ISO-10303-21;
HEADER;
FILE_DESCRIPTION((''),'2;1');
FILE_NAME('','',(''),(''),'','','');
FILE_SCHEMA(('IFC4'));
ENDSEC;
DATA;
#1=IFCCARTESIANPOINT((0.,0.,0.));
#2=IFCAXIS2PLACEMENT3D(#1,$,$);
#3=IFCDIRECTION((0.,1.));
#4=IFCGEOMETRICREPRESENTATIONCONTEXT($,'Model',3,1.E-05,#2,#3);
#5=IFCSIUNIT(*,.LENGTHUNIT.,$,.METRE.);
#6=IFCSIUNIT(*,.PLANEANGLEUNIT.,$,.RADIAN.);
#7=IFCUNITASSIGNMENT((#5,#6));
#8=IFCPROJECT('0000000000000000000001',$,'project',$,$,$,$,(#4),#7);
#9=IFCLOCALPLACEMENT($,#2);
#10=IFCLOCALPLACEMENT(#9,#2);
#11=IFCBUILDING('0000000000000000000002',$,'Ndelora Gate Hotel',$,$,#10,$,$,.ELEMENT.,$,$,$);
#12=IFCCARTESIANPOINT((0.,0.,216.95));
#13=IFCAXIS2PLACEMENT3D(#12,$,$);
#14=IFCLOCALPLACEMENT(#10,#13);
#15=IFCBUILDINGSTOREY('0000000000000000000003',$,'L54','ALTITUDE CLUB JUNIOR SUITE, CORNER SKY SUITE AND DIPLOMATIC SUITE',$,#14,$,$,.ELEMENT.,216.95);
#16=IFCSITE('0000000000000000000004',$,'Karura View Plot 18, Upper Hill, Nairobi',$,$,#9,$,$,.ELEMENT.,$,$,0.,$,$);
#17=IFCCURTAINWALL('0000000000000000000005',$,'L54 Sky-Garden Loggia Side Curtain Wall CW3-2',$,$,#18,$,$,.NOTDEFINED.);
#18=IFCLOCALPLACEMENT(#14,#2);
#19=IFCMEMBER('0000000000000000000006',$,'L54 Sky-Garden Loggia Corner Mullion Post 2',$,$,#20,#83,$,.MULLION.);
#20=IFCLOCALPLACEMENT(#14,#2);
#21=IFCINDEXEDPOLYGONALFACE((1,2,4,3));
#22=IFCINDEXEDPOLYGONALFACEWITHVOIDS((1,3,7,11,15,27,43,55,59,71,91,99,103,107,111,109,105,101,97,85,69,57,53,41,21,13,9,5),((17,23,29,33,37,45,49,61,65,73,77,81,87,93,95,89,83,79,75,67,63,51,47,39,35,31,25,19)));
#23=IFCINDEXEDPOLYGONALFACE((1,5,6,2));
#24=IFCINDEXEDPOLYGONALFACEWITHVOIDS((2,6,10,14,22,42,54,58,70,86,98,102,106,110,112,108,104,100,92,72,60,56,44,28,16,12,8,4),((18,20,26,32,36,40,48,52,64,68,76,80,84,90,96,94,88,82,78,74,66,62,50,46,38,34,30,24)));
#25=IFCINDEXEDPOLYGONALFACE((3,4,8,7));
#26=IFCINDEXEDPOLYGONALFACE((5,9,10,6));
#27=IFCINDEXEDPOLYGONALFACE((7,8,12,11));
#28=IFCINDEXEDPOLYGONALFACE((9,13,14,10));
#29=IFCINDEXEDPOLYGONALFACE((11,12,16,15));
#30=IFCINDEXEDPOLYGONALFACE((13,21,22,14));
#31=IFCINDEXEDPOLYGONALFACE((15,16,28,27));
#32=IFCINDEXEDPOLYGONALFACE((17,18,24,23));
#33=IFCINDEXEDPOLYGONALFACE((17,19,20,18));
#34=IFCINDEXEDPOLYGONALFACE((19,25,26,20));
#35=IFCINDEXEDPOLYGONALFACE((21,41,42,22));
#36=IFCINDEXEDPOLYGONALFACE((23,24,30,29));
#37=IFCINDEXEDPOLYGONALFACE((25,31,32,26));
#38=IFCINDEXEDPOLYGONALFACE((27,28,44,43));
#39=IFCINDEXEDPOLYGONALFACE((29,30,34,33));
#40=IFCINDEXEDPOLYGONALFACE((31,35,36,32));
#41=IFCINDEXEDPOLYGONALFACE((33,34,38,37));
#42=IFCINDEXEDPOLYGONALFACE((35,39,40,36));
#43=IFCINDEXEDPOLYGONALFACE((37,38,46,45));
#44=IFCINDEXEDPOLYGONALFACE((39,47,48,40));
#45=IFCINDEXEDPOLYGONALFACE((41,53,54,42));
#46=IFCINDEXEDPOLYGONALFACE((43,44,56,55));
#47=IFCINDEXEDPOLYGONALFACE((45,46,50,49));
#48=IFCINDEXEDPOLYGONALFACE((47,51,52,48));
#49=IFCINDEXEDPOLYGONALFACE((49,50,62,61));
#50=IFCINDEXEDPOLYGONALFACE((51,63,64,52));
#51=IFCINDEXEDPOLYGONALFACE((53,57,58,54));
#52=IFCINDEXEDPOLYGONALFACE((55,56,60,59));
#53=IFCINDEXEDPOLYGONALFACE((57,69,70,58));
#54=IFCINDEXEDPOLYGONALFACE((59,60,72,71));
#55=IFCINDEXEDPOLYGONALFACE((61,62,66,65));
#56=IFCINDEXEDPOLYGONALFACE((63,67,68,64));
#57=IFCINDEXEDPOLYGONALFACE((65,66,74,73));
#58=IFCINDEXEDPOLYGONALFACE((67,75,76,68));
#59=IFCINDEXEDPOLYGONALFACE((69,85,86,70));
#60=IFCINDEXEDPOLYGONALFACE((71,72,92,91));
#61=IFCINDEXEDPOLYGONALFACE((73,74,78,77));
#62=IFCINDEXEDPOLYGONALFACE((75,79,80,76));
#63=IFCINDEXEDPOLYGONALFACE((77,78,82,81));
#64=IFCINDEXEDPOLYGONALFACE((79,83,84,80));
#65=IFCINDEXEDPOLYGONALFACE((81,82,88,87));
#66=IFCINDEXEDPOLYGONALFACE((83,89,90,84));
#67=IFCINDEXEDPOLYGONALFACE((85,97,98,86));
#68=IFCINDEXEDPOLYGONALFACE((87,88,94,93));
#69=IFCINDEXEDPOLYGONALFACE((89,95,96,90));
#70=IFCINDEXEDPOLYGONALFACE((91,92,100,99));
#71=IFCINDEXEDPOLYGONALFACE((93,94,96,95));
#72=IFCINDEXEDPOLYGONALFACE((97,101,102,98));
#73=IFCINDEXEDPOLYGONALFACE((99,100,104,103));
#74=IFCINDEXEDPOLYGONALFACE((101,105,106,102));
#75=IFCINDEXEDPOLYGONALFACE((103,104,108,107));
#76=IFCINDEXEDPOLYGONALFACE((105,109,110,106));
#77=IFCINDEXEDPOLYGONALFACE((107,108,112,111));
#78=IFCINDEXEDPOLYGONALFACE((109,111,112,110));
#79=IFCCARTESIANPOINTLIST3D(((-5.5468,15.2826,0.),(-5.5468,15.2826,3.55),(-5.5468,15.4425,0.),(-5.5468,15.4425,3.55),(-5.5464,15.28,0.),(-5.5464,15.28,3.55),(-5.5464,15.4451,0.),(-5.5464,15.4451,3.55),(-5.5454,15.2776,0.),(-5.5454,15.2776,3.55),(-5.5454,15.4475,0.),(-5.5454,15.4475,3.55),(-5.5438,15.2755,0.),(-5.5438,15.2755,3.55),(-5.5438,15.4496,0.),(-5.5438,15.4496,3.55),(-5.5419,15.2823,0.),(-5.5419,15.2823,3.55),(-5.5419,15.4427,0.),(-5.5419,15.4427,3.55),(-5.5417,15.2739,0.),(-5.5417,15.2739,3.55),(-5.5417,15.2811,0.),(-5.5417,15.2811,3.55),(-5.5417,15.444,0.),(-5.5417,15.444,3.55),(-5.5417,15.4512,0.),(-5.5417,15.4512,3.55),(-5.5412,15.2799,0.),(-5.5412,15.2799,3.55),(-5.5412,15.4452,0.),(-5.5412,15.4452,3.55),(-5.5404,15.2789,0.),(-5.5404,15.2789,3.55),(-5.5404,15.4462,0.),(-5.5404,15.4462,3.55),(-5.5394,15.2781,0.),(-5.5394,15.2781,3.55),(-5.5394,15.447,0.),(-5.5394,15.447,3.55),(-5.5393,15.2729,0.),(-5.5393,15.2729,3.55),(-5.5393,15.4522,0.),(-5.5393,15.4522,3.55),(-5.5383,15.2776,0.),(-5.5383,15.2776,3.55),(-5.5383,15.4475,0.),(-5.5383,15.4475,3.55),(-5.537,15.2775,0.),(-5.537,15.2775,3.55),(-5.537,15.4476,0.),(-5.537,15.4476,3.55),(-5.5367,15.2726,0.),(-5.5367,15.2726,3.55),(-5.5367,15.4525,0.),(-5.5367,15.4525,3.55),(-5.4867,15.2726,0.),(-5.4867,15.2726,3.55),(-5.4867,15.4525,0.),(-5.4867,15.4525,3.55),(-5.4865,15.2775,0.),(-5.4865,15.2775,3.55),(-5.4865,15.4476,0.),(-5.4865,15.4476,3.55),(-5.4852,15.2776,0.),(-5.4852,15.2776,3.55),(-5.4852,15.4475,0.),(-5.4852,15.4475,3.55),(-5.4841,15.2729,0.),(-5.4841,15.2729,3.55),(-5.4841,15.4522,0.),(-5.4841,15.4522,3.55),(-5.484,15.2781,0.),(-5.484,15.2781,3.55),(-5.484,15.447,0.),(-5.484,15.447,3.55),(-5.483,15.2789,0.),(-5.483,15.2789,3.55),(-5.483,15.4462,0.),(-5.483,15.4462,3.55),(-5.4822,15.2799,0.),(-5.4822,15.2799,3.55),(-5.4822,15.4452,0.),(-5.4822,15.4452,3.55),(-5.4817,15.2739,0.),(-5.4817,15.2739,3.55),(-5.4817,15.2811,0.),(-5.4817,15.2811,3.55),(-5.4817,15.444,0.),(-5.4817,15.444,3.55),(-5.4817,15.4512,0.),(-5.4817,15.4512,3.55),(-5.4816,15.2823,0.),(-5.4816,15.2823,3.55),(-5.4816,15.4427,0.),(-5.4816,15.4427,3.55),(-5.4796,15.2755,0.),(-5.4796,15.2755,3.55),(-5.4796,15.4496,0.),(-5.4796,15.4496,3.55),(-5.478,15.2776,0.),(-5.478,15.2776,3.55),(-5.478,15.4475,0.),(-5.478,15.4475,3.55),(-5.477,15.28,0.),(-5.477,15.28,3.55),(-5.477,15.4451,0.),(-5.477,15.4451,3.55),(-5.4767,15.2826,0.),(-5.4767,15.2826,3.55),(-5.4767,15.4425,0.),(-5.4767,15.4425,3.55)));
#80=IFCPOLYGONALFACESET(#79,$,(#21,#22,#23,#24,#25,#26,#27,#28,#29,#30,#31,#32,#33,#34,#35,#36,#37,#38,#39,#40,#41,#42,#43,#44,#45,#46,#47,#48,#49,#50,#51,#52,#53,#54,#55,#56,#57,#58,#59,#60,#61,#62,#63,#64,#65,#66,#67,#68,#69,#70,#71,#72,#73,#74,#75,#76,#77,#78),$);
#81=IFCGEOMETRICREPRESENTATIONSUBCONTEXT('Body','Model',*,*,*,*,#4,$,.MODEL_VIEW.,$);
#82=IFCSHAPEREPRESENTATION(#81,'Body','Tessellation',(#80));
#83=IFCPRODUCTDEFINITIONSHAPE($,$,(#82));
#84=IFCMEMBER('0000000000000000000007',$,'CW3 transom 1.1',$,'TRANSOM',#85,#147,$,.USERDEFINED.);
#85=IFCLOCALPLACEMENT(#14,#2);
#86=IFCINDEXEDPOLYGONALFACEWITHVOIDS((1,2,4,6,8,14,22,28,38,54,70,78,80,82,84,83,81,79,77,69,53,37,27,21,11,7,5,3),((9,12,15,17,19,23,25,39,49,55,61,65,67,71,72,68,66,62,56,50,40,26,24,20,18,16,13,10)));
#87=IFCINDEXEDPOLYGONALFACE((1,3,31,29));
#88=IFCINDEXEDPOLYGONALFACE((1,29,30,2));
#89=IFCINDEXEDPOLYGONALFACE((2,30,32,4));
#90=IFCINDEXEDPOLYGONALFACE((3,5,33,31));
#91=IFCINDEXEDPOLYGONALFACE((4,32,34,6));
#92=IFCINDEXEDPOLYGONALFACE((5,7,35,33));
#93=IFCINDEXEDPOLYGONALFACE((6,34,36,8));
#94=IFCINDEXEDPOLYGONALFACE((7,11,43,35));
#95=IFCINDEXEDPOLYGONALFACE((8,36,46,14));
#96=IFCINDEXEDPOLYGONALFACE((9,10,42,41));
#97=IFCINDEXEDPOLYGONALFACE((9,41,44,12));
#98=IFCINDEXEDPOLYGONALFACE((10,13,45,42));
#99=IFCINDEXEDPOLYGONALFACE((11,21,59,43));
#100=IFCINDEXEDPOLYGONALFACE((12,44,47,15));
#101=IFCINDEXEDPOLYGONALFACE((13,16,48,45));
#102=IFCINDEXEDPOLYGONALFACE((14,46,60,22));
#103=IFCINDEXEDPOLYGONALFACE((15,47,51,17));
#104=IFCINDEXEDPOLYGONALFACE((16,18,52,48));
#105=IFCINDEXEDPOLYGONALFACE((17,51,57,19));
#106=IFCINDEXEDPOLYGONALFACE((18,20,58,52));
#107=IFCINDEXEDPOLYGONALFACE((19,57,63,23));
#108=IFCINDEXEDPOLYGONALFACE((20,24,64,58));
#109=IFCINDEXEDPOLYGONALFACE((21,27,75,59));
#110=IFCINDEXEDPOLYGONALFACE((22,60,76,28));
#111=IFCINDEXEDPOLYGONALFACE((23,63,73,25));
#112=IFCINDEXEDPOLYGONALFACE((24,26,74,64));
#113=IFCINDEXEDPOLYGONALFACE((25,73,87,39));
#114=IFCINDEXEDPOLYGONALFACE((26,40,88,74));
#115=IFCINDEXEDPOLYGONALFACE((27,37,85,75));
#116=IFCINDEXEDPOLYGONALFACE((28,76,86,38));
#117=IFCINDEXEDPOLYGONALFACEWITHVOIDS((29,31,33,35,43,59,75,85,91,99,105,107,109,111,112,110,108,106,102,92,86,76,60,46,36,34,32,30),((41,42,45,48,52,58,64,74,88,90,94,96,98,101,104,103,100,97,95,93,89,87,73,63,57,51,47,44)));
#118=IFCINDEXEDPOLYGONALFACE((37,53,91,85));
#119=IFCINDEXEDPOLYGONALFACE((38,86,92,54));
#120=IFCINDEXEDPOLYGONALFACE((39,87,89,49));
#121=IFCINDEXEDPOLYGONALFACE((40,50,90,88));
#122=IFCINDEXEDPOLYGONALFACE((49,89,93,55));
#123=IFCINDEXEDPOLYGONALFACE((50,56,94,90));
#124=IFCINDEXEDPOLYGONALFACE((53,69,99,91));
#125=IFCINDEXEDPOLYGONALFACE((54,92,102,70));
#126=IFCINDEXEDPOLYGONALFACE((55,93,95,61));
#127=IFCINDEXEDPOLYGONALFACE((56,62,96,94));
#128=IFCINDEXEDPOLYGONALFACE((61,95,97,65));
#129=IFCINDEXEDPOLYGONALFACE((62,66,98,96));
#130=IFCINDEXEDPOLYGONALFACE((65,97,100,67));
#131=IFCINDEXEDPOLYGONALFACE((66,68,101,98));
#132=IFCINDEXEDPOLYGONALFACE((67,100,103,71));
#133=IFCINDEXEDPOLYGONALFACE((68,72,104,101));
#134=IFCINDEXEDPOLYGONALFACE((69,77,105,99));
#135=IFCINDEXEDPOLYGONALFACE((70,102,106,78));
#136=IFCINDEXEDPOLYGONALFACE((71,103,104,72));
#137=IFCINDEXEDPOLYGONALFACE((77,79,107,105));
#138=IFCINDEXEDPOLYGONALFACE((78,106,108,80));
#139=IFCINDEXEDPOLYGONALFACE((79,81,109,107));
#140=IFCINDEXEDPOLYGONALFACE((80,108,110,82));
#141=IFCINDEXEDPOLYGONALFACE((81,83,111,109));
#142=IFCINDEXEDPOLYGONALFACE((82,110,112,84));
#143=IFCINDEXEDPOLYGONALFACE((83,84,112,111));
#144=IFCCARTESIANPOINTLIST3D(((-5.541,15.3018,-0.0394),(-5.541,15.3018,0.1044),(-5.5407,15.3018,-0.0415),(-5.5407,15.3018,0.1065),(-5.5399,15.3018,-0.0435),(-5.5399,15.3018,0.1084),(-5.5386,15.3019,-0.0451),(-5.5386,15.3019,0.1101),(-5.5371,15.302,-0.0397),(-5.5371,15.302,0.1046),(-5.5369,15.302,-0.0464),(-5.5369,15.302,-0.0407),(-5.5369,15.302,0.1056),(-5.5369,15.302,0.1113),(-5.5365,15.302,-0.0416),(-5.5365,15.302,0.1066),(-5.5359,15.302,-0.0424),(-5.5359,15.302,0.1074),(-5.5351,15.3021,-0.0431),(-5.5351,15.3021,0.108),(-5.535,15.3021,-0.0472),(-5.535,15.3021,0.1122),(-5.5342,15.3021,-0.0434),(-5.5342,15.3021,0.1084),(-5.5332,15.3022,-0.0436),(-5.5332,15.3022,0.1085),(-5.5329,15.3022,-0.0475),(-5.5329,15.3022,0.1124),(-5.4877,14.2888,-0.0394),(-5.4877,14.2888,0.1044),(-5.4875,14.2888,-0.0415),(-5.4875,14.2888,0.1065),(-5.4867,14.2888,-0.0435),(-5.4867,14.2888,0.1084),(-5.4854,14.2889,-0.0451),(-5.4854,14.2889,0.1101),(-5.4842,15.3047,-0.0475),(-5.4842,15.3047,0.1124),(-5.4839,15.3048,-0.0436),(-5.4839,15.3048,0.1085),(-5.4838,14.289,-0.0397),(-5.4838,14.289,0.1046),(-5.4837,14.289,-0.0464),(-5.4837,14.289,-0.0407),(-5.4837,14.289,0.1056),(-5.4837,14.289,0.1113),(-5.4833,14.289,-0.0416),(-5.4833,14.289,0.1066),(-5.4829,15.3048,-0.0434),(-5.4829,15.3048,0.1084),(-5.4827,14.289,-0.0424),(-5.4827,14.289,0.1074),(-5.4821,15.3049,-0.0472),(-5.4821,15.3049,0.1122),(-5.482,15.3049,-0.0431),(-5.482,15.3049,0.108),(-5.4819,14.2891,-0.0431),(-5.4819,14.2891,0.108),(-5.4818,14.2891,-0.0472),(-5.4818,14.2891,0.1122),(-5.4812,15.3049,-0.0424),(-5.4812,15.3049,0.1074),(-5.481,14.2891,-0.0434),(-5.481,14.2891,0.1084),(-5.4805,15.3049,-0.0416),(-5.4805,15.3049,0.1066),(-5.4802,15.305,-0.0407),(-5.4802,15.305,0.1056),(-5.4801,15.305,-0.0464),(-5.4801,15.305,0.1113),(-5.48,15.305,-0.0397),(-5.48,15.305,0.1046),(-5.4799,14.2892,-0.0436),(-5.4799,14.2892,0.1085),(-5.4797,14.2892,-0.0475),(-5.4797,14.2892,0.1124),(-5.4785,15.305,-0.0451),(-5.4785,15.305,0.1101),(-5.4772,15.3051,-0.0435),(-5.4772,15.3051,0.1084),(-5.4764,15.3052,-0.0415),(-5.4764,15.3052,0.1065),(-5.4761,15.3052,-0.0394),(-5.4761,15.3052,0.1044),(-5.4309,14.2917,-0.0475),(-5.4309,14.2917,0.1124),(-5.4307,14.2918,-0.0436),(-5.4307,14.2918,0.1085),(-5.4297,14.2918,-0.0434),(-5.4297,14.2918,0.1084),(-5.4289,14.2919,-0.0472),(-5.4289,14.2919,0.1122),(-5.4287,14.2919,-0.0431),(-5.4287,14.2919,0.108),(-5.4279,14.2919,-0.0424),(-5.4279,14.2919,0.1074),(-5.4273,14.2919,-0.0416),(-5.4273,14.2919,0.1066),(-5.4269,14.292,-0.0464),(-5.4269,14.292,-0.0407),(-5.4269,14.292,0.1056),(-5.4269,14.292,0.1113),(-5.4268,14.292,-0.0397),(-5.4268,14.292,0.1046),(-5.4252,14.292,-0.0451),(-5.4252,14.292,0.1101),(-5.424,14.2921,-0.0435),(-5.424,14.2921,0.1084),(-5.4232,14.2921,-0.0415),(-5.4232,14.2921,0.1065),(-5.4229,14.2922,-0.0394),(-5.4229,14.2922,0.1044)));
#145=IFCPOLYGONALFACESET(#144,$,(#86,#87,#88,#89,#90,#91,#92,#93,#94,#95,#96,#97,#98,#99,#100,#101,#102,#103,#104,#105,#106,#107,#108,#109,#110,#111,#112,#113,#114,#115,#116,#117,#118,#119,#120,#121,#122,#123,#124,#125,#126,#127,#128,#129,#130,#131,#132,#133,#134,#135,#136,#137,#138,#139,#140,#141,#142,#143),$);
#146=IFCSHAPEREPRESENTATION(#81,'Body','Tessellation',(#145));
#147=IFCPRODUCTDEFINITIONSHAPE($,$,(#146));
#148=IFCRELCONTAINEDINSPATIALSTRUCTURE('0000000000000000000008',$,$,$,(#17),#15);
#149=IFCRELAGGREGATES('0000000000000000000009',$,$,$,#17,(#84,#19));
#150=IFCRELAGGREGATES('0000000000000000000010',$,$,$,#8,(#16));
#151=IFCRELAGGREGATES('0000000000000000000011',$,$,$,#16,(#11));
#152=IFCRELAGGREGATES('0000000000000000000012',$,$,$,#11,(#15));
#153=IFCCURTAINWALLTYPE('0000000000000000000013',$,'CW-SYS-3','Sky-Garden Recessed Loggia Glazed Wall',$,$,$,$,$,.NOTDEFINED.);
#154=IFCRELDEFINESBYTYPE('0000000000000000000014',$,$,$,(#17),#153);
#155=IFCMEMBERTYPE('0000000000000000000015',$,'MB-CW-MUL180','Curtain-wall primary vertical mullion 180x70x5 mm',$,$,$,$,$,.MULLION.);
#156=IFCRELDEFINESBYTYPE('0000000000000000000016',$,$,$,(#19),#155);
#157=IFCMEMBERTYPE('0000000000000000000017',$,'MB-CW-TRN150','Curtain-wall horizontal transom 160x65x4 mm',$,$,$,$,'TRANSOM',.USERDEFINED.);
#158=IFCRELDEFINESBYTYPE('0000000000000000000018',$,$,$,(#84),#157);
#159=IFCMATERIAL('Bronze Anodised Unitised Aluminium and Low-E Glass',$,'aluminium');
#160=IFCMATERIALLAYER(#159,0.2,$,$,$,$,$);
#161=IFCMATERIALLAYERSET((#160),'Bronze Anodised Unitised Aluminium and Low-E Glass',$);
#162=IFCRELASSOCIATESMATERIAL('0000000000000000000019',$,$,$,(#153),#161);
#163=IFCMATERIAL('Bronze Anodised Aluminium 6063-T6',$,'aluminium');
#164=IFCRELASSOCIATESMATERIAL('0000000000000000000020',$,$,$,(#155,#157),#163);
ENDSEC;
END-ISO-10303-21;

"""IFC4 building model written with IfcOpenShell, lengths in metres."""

from ifc_helpers import new_model, si_unit, direction, frame, origin, origin_2d, place, context, subcontext, project, spatial, hollow_rectangle, extrude, material, layer, layer_set, material_profile, profile_set, type_object, element, aggregate, save


model = new_model("IFC4")

# Units and contexts
model_context = context("Model", 3, precision=1e-05, world=origin(), true_north=direction((0.0, 1.0)))
body_context = subcontext(model_context, "Body", "Model", "MODEL_VIEW")
ifc_project = project(units=[si_unit("LENGTHUNIT", "METRE"), si_unit("PLANEANGLEUNIT", "RADIAN")], contexts=[model_context])

# Site, building, storey
site_placement = place(None, origin())
site = spatial("IfcSite", under=ifc_project, at=site_placement, Name="Karura View Plot 18, Upper Hill, Nairobi", CompositionType="ELEMENT", RefElevation=0.0)
building_placement = place(site_placement, origin())
building = spatial("IfcBuilding", under=site, at=building_placement, Name="Ndelora Gate Hotel", CompositionType="ELEMENT")
storey_placement = place(building_placement, frame((0.0, 0.0, 216.95)))
storey = spatial("IfcBuildingStorey", under=building, at=storey_placement, Name="L54", Description="ALTITUDE CLUB JUNIOR SUITE, CORNER SKY SUITE AND DIPLOMATIC SUITE", CompositionType="ELEMENT", Elevation=216.95)

# Curtain wall, members
ifc_material_1 = material(Name="Bronze Anodised Unitised Aluminium and Low-E Glass", Category="aluminium")
ifc_layer_1 = layer(ifc_material_1, 0.2)
ifc_layer_set_1 = layer_set([ifc_layer_1], Name="Bronze Anodised Unitised Aluminium and Low-E Glass")
curtain_wall_type = type_object("IfcCurtainWallType", Name="CW-SYS-3", Description="Sky-Garden Recessed Loggia Glazed Wall", PredefinedType="NOTDEFINED", material=ifc_layer_set_1)
curtain_wall_placement = place(storey_placement, origin())
curtain_wall = element("IfcCurtainWall", 1, at=curtain_wall_placement, inside=storey, type_object=curtain_wall_type, Name="L54 Sky-Garden Loggia Side Curtain Wall CW3-2", PredefinedType="NOTDEFINED")
ifc_material_2 = material(Name="Bronze Anodised Aluminium 6063-T6", Category="aluminium")
ifc_material_profile_1 = material_profile(ifc_material_2, hollow_rectangle(XDim=0.0701, YDim=0.1799, WallThickness=0.0049, InnerFilletRadius=0.0049, OuterFilletRadius=0.01, at=origin_2d()), Name="ALU 180x70x5")
ifc_profile_set_1 = profile_set([ifc_material_profile_1], Name="Bronze Anodised Aluminium 6063-T6")
member_type_1 = type_object("IfcMemberType", Name="MB-CW-MUL180", Description="Curtain-wall primary vertical mullion 180x70x5 mm", PredefinedType="MULLION", material=ifc_profile_set_1)
member_1_placement = place(storey_placement, frame((-5.5117, 15.3625, 0.0), z_axis=(0.0, 0.0, 1.0), x_axis=(1.0, 0.0, 0.0)))
member_1 = element("IfcMember", 2, at=member_1_placement, type_object=member_type_1, Name="L54 Sky-Garden Loggia Corner Mullion Post 2", PredefinedType="MULLION", context=body_context, shape_type="SweptSolid", body=[
    extrude(hollow_rectangle(XDim=0.0701, YDim=0.1799, WallThickness=0.0049, InnerFilletRadius=0.0049, OuterFilletRadius=0.01, at=origin_2d()), origin(), (0.0, 0.0, 1.0), 3.55),
])
ifc_material_profile_2 = material_profile(ifc_material_2, hollow_rectangle(XDim=0.0649, YDim=0.1599, WallThickness=0.0039, InnerFilletRadius=0.0039, OuterFilletRadius=0.0081, at=origin_2d()), Name="ALU 160x65x4")
ifc_profile_set_2 = profile_set([ifc_material_profile_2], Name="Bronze Anodised Aluminium 6063-T6")
member_type_2 = type_object("IfcMemberType", Name="MB-CW-TRN150", Description="Curtain-wall horizontal transom 160x65x4 mm", ElementType="TRANSOM", PredefinedType="USERDEFINED", material=ifc_profile_set_2)
member_2_placement = place(storey_placement, frame((-5.5085, 15.3035, 0.0325), z_axis=(0.05247, -0.998622, 0.0), x_axis=(0.998622, 0.05247, 0.0)))
member_2 = element("IfcMember", 3, at=member_2_placement, type_object=member_type_2, Name="CW3 transom 1.1", ObjectType="TRANSOM", PredefinedType="USERDEFINED", context=body_context, shape_type="SweptSolid", body=[
    extrude(hollow_rectangle(XDim=0.0649, YDim=0.1599, WallThickness=0.0039, InnerFilletRadius=0.0039, OuterFilletRadius=0.0081, at=origin_2d()), origin(), (0.0, 0.0, 1.0), 1.0144),
])
aggregate(curtain_wall, [member_2, member_1])

save(model, "model.ifc")
